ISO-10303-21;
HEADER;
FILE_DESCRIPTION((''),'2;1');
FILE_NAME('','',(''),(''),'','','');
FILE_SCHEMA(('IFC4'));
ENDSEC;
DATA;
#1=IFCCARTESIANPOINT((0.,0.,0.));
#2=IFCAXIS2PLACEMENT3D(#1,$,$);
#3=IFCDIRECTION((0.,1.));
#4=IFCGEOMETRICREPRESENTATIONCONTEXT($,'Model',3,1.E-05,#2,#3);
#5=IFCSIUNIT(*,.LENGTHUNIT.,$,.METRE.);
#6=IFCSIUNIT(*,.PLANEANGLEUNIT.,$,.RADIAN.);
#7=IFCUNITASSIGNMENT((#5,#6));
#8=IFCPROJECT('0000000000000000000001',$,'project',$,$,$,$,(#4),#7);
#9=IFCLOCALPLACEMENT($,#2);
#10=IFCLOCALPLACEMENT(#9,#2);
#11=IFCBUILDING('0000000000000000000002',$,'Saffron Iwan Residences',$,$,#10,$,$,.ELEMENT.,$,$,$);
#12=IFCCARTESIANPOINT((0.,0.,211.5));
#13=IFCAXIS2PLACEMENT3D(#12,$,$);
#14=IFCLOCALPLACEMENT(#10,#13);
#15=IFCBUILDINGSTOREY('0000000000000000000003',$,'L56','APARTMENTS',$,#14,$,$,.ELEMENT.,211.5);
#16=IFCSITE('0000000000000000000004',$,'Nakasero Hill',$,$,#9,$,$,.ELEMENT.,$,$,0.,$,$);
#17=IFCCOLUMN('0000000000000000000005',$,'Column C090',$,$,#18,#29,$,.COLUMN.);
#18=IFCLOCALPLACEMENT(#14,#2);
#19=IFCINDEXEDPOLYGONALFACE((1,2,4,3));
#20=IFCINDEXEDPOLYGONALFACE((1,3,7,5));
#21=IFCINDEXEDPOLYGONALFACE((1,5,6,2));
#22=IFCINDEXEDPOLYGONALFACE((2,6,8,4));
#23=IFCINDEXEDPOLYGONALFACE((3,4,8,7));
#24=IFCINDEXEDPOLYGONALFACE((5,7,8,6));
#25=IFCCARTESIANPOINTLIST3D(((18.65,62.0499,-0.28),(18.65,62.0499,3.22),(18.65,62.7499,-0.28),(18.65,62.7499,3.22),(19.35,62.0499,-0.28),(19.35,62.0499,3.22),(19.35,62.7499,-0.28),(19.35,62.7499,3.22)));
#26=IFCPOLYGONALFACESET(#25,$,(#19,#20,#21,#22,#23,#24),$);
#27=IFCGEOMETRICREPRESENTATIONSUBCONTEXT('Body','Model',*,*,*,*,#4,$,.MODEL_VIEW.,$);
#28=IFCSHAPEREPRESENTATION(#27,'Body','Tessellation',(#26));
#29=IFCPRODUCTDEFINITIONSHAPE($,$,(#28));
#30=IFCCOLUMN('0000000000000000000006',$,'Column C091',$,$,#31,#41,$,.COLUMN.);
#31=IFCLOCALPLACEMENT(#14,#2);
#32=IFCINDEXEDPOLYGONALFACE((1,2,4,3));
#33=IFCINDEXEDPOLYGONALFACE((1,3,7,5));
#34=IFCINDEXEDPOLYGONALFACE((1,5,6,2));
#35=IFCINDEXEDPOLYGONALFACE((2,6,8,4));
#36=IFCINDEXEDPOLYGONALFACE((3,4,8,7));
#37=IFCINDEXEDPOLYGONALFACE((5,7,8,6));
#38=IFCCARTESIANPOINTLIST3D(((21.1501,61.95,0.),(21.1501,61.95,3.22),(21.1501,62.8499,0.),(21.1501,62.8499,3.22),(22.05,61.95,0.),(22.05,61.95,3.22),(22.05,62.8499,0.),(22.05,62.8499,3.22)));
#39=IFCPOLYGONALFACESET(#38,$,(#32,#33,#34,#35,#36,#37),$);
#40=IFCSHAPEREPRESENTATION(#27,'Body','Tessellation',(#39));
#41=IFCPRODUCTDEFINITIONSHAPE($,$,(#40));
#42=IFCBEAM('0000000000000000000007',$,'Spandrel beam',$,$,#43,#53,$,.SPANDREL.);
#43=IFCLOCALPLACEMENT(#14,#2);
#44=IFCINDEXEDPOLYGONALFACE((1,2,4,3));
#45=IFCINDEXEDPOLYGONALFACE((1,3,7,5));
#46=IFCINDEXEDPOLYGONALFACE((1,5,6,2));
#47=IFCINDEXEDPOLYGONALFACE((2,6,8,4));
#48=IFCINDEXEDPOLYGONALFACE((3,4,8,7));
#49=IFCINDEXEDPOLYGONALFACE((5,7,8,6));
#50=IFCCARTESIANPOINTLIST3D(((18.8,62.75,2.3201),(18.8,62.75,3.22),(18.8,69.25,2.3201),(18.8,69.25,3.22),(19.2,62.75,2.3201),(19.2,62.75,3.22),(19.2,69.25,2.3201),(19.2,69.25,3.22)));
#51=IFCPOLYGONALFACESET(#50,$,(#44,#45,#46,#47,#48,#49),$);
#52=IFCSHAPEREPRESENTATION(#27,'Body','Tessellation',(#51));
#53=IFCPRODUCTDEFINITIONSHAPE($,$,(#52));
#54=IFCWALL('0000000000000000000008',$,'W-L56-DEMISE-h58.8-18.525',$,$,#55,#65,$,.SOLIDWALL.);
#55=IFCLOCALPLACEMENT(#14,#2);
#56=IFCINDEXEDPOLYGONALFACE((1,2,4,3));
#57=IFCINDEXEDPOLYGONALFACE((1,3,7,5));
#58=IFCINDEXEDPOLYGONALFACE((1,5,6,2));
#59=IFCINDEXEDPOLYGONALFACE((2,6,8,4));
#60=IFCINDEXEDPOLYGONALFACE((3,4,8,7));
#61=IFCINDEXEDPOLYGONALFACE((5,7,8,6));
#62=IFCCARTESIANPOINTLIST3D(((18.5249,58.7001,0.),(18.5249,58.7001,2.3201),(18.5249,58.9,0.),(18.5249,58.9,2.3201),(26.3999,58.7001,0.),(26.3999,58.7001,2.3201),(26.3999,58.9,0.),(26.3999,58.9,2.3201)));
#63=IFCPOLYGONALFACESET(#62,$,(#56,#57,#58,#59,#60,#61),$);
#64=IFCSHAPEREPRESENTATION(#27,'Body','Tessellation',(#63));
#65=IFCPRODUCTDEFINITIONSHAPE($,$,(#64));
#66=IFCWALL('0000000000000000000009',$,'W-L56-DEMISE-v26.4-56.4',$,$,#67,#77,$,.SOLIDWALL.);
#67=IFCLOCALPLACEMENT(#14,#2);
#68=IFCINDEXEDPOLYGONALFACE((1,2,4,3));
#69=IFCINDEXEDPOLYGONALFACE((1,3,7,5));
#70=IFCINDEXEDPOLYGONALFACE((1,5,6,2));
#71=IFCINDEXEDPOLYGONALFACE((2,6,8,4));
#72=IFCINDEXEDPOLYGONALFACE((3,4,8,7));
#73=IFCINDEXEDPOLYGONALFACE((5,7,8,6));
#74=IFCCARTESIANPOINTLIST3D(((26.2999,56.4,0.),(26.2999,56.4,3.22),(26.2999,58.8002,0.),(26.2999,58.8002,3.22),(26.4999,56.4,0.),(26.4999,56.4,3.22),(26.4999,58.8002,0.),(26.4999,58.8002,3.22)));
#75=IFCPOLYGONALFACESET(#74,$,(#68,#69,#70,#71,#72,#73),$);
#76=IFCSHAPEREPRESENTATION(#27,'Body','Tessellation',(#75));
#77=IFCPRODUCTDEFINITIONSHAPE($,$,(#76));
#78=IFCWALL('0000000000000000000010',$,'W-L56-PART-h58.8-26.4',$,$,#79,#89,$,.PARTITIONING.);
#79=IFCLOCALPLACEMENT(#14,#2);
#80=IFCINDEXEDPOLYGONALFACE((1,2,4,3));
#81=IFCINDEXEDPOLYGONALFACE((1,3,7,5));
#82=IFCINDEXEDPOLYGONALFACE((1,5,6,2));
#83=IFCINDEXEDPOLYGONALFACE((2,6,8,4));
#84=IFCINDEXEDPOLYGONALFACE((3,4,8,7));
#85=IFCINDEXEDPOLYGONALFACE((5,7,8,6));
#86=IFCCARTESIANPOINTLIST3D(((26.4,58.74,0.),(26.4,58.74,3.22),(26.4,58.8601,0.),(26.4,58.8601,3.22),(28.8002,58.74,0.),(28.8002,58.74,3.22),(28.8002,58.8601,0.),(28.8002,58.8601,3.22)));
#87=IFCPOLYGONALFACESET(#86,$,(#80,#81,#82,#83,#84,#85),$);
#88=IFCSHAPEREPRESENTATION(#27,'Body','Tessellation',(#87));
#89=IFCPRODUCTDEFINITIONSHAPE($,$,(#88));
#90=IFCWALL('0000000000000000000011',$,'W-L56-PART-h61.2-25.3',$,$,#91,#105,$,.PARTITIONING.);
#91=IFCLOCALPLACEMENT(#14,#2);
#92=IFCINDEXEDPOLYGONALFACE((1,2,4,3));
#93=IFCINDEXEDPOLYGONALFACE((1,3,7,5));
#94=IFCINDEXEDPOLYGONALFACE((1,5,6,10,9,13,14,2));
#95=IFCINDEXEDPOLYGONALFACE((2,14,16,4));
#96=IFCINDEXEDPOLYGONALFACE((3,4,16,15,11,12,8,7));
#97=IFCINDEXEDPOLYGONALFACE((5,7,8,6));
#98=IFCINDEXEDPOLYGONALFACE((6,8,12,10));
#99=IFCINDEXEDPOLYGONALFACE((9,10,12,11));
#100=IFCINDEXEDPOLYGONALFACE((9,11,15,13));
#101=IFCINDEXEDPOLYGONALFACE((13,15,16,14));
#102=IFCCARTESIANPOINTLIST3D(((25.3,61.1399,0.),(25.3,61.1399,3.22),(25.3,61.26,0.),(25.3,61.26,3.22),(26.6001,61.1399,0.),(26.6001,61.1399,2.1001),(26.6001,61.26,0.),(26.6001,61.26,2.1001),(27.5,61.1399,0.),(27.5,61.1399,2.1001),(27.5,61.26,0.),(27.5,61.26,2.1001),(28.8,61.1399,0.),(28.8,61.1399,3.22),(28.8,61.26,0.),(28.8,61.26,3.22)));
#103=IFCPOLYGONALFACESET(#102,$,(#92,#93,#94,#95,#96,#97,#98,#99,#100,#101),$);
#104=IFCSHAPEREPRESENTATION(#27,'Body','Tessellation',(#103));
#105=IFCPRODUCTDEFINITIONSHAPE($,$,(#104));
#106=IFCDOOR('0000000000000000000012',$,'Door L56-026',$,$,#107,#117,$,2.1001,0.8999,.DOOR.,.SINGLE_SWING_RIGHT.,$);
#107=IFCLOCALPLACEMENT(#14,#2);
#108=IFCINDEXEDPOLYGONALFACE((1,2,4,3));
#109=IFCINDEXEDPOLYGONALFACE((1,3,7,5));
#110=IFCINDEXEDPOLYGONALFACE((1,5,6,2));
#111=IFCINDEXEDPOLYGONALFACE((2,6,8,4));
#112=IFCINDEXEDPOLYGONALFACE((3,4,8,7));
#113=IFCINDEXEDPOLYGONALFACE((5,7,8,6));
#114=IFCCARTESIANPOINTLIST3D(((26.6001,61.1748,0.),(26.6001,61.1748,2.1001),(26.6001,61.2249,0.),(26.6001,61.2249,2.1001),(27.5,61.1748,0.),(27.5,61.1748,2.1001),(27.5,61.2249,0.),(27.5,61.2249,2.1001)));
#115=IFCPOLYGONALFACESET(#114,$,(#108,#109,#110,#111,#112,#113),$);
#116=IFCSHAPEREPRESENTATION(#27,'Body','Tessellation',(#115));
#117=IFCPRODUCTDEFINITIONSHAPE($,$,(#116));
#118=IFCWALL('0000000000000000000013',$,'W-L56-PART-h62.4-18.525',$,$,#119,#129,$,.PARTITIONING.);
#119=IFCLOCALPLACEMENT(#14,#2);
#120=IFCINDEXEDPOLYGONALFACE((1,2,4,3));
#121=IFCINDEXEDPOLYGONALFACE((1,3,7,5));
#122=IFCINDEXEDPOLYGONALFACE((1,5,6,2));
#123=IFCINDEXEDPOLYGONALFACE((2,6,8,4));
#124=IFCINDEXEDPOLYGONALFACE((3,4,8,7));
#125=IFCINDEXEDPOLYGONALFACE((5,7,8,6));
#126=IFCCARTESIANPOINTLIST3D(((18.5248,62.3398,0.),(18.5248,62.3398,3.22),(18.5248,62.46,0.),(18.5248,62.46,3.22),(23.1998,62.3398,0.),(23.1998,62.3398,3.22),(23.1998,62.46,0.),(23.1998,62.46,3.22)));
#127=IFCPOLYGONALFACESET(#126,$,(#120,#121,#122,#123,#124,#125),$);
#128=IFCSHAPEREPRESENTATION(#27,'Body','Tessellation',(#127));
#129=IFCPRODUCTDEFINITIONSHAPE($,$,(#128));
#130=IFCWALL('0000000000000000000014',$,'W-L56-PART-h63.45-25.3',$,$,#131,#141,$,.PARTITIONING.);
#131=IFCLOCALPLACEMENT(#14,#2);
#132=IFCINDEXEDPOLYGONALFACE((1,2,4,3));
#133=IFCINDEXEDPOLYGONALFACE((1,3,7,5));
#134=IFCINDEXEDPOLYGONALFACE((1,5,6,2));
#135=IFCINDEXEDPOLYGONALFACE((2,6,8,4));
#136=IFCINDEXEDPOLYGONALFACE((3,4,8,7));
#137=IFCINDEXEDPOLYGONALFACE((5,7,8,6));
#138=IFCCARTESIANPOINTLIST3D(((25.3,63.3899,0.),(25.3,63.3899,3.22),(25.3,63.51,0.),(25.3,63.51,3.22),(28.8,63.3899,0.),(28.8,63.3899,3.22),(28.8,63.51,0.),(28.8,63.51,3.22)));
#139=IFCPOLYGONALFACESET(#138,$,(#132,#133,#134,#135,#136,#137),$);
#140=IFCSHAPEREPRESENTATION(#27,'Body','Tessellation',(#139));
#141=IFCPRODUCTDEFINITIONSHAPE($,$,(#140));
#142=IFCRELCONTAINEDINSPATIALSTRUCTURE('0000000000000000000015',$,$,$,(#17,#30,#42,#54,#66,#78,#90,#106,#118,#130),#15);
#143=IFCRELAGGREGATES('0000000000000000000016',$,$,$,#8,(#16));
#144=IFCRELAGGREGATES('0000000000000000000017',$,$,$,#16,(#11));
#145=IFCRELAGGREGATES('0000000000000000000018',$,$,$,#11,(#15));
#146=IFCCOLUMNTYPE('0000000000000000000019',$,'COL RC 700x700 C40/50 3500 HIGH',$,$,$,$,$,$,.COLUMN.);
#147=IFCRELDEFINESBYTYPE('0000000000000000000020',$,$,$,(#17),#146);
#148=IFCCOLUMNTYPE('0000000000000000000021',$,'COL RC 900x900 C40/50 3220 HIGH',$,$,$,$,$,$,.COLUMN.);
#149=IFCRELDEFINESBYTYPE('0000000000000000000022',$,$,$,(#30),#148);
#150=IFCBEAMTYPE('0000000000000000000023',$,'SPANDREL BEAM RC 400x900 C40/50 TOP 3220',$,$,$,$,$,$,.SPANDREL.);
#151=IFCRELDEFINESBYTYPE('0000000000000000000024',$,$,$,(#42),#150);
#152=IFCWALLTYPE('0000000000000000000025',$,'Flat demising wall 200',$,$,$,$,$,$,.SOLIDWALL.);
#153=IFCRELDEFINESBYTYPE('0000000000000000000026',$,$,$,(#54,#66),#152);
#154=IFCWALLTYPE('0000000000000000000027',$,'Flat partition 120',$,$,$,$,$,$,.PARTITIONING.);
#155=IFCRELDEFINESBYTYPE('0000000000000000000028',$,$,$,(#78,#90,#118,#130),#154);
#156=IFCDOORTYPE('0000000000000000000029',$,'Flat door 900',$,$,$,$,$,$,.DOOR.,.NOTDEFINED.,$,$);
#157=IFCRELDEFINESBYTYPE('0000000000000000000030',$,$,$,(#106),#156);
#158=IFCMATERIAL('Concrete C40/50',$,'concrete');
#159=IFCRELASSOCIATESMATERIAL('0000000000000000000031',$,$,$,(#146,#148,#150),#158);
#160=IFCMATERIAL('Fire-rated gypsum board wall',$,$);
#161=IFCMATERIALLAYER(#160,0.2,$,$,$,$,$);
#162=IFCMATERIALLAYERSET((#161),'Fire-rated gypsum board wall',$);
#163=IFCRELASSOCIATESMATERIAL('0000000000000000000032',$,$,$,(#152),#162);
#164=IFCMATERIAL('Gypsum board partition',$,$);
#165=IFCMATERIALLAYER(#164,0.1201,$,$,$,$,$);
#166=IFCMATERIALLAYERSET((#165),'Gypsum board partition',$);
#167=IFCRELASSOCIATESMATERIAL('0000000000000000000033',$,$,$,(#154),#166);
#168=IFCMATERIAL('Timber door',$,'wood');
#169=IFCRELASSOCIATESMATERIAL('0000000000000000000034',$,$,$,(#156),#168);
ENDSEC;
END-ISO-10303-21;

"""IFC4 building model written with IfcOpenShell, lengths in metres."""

from ifc_helpers import new_model, si_unit, direction, frame, frame_2d, origin, origin_2d, place, context, subcontext, project, spatial, rectangle, extrude, source, transform, mapped, material, layer, layer_set, material_profile, profile_set, type_object, element, fill, save


model = new_model("IFC4")

# Units and contexts
model_context = context("Model", 3, precision=1e-05, world=origin(), true_north=direction((0.0, 1.0)))
body_context = subcontext(model_context, "Body", "Model", "MODEL_VIEW")
ifc_project = project(units=[si_unit("LENGTHUNIT", "METRE"), si_unit("PLANEANGLEUNIT", "RADIAN")], contexts=[model_context])

# Site, building, storey
site_placement = place(None, origin())
site = spatial("IfcSite", under=ifc_project, at=site_placement, Name="Nakasero Hill", CompositionType="ELEMENT", RefElevation=0.0)
building_placement = place(site_placement, origin())
building = spatial("IfcBuilding", under=site, at=building_placement, Name="Saffron Iwan Residences", CompositionType="ELEMENT")
storey_placement = place(building_placement, frame((0.0, 0.0, 211.5)))
storey = spatial("IfcBuildingStorey", under=building, at=storey_placement, Name="L56", Description="APARTMENTS", CompositionType="ELEMENT", Elevation=211.5)

# Columns
ifc_material_1 = material(Name="Concrete C40/50", Category="concrete")
ifc_material_profile_1 = material_profile(ifc_material_1, rectangle(XDim=0.7, YDim=0.7, at=origin_2d()), Name="RC 700x700")
ifc_profile_set_1 = profile_set([ifc_material_profile_1], Name="Concrete C40/50")
column_type_1 = type_object("IfcColumnType", Name="COL RC 700x700 C40/50 3500 HIGH", PredefinedType="COLUMN", material=ifc_profile_set_1)
shared_shape_1 = source(origin(), body_context, "Body", "SweptSolid", [
    extrude(rectangle(XDim=0.7, YDim=0.7, at=origin_2d()), origin(), (0.0, 0.0, 1.0), 3.5),
])
column_1_placement = place(storey_placement, frame((19.0, 62.3999, -0.28), z_axis=(0.0, 0.0, 1.0), x_axis=(1.0, 0.0, 0.0)))
element("IfcColumn", 1, at=column_1_placement, inside=storey, type_object=column_type_1, Name="Column C090", PredefinedType="COLUMN", context=body_context, shape_type="MappedRepresentation", body=[
    mapped(shared_shape_1, transform((0.0, 0.0, 0.0))),
])
ifc_material_profile_2 = material_profile(ifc_material_1, rectangle(XDim=0.8999, YDim=0.8999, at=origin_2d()), Name="RC 900x900")
ifc_profile_set_2 = profile_set([ifc_material_profile_2], Name="Concrete C40/50")
column_type_2 = type_object("IfcColumnType", Name="COL RC 900x900 C40/50 3220 HIGH", PredefinedType="COLUMN", material=ifc_profile_set_2)
shared_shape_2 = source(origin(), body_context, "Body", "SweptSolid", [
    extrude(rectangle(XDim=0.8999, YDim=0.8999, at=origin_2d()), origin(), (0.0, 0.0, 1.0), 3.22),
])
column_2_placement = place(storey_placement, frame((21.6001, 62.3999, 0.0), z_axis=(0.0, 0.0, 1.0), x_axis=(1.0, 0.0, 0.0)))
element("IfcColumn", 2, at=column_2_placement, inside=storey, type_object=column_type_2, Name="Column C091", PredefinedType="COLUMN", context=body_context, shape_type="MappedRepresentation", body=[
    mapped(shared_shape_2, transform((0.0, 0.0, 0.0))),
])

# Beam
ifc_material_profile_3 = material_profile(ifc_material_1, rectangle(XDim=0.3999, YDim=0.8999, at=origin_2d()), Name="RC 400x900")
ifc_profile_set_3 = profile_set([ifc_material_profile_3], Name="Concrete C40/50")
beam_type = type_object("IfcBeamType", Name="SPANDREL BEAM RC 400x900 C40/50 TOP 3220", PredefinedType="SPANDREL", material=ifc_profile_set_3)
shared_shape_3 = source(origin(), body_context, "Body", "SweptSolid", [
    extrude(rectangle(XDim=0.3999, YDim=0.8999, at=origin_2d()), origin(), (0.0, 0.0, 1.0), 6.5),
])
beam_placement = place(storey_placement, frame((19.0, 62.75, 2.77), z_axis=(0.0, 1.0, 0.0), x_axis=(-1.0, 0.0, 0.0)))
element("IfcBeam", 3, at=beam_placement, inside=storey, type_object=beam_type, Name="Spandrel beam", PredefinedType="SPANDREL", context=body_context, shape_type="MappedRepresentation", body=[
    mapped(shared_shape_3, transform((0.0, 0.0, 0.0))),
])

# Walls
ifc_material_2 = material(Name="Fire-rated gypsum board wall")
ifc_layer_1 = layer(ifc_material_2, 0.2)
ifc_layer_set_1 = layer_set([ifc_layer_1], Name="Fire-rated gypsum board wall")
wall_type_1 = type_object("IfcWallType", Name="Flat demising wall 200", PredefinedType="SOLIDWALL", material=ifc_layer_set_1)
wall_1_placement = place(storey_placement, frame((18.5249, 58.8, 0.0), z_axis=(0.0, 0.0, 1.0), x_axis=(1.0, 0.0, 0.0)))
element("IfcWall", 4, at=wall_1_placement, inside=storey, type_object=wall_type_1, Name="W-L56-DEMISE-h58.8-18.525", PredefinedType="SOLIDWALL", context=body_context, shape_type="SweptSolid", body=[
    extrude(rectangle(XDim=7.875, YDim=0.2, at=frame_2d((3.9375, 0.0))), origin(), (0.0, 0.0, 1.0), 2.3201),
])
wall_2_placement = place(storey_placement, frame((26.3999, 56.3999, 0.0), z_axis=(0.0, 0.0, 1.0), x_axis=(0.0, 1.0, 0.0)))
element("IfcWall", 5, at=wall_2_placement, inside=storey, type_object=wall_type_1, Name="W-L56-DEMISE-v26.4-56.4", PredefinedType="SOLIDWALL", context=body_context, shape_type="SweptSolid", body=[
    extrude(rectangle(XDim=2.4001, YDim=0.2, at=frame_2d((1.2002, 0.0))), origin(), (0.0, 0.0, 1.0), 3.22),
])
ifc_material_3 = material(Name="Gypsum board partition")
ifc_layer_2 = layer(ifc_material_3, 0.1201)
ifc_layer_set_2 = layer_set([ifc_layer_2], Name="Gypsum board partition")
wall_type_2 = type_object("IfcWallType", Name="Flat partition 120", PredefinedType="PARTITIONING", material=ifc_layer_set_2)
wall_3_placement = place(storey_placement, frame((26.3999, 58.8, 0.0), z_axis=(0.0, 0.0, 1.0), x_axis=(1.0, 0.0, 0.0)))
element("IfcWall", 6, at=wall_3_placement, inside=storey, type_object=wall_type_2, Name="W-L56-PART-h58.8-26.4", PredefinedType="PARTITIONING", context=body_context, shape_type="SweptSolid", body=[
    extrude(rectangle(XDim=2.4001, YDim=0.1201, at=frame_2d((1.2002, 0.0))), origin(), (0.0, 0.0, 1.0), 3.22),
])

# Wall, opening, door
wall_4_placement = place(storey_placement, frame((25.3, 61.2, 0.0), z_axis=(0.0, 0.0, 1.0), x_axis=(1.0, 0.0, 0.0)))
wall_4 = element("IfcWall", 7, at=wall_4_placement, inside=storey, type_object=wall_type_2, Name="W-L56-PART-h61.2-25.3", PredefinedType="PARTITIONING", context=body_context, shape_type="SweptSolid", body=[
    extrude(rectangle(XDim=3.5, YDim=0.1201, at=frame_2d((1.75, 0.0))), origin(), (0.0, 0.0, 1.0), 3.22),
])
opening_1_placement = place(wall_4_placement, frame((1.3, 0.0, 0.0)))
opening_1 = element("IfcOpeningElement", 8, at=opening_1_placement, cuts=wall_4, PredefinedType="OPENING", context=body_context, shape_type="SweptSolid", body=[
    extrude(rectangle(XDim=0.8999, YDim=2.1001, at=frame_2d((0.45, 1.05))), frame((0.0, 0.0701, 0.0), z_axis=(0.0, -1.0, 0.0), x_axis=(1.0, 0.0, 0.0)), (0.0, 0.0, 1.0), 0.1401),
])
ifc_material_4 = material(Name="Timber door", Category="wood")
door_type_1 = type_object("IfcDoorType", Name="Flat door 900", OperationType="NOTDEFINED", PredefinedType="DOOR", material=ifc_material_4)
door_1_placement = place(opening_1_placement, origin())
door_1 = element("IfcDoor", 9, at=door_1_placement, inside=storey, type_object=door_type_1, Name="Door L56-026", OperationType="SINGLE_SWING_RIGHT", OverallHeight=2.1001, OverallWidth=0.8999, PredefinedType="DOOR", context=body_context, shape_type="SweptSolid", body=[
    extrude(rectangle(XDim=0.8999, YDim=2.1001, at=frame_2d((0.45, 1.05))), frame((0.0, 0.0249, 0.0), z_axis=(0.0, -1.0, 0.0), x_axis=(1.0, 0.0, 0.0)), (0.0, 0.0, 1.0), 0.05),
])
fill(opening_1, door_1)

# Walls
wall_5_placement = place(storey_placement, frame((18.5249, 62.3999, 0.0), z_axis=(0.0, 0.0, 1.0), x_axis=(1.0, 0.0, 0.0)))
element("IfcWall", 10, at=wall_5_placement, inside=storey, type_object=wall_type_2, Name="W-L56-PART-h62.4-18.525", PredefinedType="PARTITIONING", context=body_context, shape_type="SweptSolid", body=[
    extrude(rectangle(XDim=4.675, YDim=0.1201, at=frame_2d((2.3374, 0.0))), origin(), (0.0, 0.0, 1.0), 3.22),
])
wall_6_placement = place(storey_placement, frame((25.3, 63.45, 0.0), z_axis=(0.0, 0.0, 1.0), x_axis=(1.0, 0.0, 0.0)))
element("IfcWall", 11, at=wall_6_placement, inside=storey, type_object=wall_type_2, Name="W-L56-PART-h63.45-25.3", PredefinedType="PARTITIONING", context=body_context, shape_type="SweptSolid", body=[
    extrude(rectangle(XDim=3.5, YDim=0.1201, at=frame_2d((1.75, 0.0))), origin(), (0.0, 0.0, 1.0), 3.22),
])

save(model, "model.ifc")
